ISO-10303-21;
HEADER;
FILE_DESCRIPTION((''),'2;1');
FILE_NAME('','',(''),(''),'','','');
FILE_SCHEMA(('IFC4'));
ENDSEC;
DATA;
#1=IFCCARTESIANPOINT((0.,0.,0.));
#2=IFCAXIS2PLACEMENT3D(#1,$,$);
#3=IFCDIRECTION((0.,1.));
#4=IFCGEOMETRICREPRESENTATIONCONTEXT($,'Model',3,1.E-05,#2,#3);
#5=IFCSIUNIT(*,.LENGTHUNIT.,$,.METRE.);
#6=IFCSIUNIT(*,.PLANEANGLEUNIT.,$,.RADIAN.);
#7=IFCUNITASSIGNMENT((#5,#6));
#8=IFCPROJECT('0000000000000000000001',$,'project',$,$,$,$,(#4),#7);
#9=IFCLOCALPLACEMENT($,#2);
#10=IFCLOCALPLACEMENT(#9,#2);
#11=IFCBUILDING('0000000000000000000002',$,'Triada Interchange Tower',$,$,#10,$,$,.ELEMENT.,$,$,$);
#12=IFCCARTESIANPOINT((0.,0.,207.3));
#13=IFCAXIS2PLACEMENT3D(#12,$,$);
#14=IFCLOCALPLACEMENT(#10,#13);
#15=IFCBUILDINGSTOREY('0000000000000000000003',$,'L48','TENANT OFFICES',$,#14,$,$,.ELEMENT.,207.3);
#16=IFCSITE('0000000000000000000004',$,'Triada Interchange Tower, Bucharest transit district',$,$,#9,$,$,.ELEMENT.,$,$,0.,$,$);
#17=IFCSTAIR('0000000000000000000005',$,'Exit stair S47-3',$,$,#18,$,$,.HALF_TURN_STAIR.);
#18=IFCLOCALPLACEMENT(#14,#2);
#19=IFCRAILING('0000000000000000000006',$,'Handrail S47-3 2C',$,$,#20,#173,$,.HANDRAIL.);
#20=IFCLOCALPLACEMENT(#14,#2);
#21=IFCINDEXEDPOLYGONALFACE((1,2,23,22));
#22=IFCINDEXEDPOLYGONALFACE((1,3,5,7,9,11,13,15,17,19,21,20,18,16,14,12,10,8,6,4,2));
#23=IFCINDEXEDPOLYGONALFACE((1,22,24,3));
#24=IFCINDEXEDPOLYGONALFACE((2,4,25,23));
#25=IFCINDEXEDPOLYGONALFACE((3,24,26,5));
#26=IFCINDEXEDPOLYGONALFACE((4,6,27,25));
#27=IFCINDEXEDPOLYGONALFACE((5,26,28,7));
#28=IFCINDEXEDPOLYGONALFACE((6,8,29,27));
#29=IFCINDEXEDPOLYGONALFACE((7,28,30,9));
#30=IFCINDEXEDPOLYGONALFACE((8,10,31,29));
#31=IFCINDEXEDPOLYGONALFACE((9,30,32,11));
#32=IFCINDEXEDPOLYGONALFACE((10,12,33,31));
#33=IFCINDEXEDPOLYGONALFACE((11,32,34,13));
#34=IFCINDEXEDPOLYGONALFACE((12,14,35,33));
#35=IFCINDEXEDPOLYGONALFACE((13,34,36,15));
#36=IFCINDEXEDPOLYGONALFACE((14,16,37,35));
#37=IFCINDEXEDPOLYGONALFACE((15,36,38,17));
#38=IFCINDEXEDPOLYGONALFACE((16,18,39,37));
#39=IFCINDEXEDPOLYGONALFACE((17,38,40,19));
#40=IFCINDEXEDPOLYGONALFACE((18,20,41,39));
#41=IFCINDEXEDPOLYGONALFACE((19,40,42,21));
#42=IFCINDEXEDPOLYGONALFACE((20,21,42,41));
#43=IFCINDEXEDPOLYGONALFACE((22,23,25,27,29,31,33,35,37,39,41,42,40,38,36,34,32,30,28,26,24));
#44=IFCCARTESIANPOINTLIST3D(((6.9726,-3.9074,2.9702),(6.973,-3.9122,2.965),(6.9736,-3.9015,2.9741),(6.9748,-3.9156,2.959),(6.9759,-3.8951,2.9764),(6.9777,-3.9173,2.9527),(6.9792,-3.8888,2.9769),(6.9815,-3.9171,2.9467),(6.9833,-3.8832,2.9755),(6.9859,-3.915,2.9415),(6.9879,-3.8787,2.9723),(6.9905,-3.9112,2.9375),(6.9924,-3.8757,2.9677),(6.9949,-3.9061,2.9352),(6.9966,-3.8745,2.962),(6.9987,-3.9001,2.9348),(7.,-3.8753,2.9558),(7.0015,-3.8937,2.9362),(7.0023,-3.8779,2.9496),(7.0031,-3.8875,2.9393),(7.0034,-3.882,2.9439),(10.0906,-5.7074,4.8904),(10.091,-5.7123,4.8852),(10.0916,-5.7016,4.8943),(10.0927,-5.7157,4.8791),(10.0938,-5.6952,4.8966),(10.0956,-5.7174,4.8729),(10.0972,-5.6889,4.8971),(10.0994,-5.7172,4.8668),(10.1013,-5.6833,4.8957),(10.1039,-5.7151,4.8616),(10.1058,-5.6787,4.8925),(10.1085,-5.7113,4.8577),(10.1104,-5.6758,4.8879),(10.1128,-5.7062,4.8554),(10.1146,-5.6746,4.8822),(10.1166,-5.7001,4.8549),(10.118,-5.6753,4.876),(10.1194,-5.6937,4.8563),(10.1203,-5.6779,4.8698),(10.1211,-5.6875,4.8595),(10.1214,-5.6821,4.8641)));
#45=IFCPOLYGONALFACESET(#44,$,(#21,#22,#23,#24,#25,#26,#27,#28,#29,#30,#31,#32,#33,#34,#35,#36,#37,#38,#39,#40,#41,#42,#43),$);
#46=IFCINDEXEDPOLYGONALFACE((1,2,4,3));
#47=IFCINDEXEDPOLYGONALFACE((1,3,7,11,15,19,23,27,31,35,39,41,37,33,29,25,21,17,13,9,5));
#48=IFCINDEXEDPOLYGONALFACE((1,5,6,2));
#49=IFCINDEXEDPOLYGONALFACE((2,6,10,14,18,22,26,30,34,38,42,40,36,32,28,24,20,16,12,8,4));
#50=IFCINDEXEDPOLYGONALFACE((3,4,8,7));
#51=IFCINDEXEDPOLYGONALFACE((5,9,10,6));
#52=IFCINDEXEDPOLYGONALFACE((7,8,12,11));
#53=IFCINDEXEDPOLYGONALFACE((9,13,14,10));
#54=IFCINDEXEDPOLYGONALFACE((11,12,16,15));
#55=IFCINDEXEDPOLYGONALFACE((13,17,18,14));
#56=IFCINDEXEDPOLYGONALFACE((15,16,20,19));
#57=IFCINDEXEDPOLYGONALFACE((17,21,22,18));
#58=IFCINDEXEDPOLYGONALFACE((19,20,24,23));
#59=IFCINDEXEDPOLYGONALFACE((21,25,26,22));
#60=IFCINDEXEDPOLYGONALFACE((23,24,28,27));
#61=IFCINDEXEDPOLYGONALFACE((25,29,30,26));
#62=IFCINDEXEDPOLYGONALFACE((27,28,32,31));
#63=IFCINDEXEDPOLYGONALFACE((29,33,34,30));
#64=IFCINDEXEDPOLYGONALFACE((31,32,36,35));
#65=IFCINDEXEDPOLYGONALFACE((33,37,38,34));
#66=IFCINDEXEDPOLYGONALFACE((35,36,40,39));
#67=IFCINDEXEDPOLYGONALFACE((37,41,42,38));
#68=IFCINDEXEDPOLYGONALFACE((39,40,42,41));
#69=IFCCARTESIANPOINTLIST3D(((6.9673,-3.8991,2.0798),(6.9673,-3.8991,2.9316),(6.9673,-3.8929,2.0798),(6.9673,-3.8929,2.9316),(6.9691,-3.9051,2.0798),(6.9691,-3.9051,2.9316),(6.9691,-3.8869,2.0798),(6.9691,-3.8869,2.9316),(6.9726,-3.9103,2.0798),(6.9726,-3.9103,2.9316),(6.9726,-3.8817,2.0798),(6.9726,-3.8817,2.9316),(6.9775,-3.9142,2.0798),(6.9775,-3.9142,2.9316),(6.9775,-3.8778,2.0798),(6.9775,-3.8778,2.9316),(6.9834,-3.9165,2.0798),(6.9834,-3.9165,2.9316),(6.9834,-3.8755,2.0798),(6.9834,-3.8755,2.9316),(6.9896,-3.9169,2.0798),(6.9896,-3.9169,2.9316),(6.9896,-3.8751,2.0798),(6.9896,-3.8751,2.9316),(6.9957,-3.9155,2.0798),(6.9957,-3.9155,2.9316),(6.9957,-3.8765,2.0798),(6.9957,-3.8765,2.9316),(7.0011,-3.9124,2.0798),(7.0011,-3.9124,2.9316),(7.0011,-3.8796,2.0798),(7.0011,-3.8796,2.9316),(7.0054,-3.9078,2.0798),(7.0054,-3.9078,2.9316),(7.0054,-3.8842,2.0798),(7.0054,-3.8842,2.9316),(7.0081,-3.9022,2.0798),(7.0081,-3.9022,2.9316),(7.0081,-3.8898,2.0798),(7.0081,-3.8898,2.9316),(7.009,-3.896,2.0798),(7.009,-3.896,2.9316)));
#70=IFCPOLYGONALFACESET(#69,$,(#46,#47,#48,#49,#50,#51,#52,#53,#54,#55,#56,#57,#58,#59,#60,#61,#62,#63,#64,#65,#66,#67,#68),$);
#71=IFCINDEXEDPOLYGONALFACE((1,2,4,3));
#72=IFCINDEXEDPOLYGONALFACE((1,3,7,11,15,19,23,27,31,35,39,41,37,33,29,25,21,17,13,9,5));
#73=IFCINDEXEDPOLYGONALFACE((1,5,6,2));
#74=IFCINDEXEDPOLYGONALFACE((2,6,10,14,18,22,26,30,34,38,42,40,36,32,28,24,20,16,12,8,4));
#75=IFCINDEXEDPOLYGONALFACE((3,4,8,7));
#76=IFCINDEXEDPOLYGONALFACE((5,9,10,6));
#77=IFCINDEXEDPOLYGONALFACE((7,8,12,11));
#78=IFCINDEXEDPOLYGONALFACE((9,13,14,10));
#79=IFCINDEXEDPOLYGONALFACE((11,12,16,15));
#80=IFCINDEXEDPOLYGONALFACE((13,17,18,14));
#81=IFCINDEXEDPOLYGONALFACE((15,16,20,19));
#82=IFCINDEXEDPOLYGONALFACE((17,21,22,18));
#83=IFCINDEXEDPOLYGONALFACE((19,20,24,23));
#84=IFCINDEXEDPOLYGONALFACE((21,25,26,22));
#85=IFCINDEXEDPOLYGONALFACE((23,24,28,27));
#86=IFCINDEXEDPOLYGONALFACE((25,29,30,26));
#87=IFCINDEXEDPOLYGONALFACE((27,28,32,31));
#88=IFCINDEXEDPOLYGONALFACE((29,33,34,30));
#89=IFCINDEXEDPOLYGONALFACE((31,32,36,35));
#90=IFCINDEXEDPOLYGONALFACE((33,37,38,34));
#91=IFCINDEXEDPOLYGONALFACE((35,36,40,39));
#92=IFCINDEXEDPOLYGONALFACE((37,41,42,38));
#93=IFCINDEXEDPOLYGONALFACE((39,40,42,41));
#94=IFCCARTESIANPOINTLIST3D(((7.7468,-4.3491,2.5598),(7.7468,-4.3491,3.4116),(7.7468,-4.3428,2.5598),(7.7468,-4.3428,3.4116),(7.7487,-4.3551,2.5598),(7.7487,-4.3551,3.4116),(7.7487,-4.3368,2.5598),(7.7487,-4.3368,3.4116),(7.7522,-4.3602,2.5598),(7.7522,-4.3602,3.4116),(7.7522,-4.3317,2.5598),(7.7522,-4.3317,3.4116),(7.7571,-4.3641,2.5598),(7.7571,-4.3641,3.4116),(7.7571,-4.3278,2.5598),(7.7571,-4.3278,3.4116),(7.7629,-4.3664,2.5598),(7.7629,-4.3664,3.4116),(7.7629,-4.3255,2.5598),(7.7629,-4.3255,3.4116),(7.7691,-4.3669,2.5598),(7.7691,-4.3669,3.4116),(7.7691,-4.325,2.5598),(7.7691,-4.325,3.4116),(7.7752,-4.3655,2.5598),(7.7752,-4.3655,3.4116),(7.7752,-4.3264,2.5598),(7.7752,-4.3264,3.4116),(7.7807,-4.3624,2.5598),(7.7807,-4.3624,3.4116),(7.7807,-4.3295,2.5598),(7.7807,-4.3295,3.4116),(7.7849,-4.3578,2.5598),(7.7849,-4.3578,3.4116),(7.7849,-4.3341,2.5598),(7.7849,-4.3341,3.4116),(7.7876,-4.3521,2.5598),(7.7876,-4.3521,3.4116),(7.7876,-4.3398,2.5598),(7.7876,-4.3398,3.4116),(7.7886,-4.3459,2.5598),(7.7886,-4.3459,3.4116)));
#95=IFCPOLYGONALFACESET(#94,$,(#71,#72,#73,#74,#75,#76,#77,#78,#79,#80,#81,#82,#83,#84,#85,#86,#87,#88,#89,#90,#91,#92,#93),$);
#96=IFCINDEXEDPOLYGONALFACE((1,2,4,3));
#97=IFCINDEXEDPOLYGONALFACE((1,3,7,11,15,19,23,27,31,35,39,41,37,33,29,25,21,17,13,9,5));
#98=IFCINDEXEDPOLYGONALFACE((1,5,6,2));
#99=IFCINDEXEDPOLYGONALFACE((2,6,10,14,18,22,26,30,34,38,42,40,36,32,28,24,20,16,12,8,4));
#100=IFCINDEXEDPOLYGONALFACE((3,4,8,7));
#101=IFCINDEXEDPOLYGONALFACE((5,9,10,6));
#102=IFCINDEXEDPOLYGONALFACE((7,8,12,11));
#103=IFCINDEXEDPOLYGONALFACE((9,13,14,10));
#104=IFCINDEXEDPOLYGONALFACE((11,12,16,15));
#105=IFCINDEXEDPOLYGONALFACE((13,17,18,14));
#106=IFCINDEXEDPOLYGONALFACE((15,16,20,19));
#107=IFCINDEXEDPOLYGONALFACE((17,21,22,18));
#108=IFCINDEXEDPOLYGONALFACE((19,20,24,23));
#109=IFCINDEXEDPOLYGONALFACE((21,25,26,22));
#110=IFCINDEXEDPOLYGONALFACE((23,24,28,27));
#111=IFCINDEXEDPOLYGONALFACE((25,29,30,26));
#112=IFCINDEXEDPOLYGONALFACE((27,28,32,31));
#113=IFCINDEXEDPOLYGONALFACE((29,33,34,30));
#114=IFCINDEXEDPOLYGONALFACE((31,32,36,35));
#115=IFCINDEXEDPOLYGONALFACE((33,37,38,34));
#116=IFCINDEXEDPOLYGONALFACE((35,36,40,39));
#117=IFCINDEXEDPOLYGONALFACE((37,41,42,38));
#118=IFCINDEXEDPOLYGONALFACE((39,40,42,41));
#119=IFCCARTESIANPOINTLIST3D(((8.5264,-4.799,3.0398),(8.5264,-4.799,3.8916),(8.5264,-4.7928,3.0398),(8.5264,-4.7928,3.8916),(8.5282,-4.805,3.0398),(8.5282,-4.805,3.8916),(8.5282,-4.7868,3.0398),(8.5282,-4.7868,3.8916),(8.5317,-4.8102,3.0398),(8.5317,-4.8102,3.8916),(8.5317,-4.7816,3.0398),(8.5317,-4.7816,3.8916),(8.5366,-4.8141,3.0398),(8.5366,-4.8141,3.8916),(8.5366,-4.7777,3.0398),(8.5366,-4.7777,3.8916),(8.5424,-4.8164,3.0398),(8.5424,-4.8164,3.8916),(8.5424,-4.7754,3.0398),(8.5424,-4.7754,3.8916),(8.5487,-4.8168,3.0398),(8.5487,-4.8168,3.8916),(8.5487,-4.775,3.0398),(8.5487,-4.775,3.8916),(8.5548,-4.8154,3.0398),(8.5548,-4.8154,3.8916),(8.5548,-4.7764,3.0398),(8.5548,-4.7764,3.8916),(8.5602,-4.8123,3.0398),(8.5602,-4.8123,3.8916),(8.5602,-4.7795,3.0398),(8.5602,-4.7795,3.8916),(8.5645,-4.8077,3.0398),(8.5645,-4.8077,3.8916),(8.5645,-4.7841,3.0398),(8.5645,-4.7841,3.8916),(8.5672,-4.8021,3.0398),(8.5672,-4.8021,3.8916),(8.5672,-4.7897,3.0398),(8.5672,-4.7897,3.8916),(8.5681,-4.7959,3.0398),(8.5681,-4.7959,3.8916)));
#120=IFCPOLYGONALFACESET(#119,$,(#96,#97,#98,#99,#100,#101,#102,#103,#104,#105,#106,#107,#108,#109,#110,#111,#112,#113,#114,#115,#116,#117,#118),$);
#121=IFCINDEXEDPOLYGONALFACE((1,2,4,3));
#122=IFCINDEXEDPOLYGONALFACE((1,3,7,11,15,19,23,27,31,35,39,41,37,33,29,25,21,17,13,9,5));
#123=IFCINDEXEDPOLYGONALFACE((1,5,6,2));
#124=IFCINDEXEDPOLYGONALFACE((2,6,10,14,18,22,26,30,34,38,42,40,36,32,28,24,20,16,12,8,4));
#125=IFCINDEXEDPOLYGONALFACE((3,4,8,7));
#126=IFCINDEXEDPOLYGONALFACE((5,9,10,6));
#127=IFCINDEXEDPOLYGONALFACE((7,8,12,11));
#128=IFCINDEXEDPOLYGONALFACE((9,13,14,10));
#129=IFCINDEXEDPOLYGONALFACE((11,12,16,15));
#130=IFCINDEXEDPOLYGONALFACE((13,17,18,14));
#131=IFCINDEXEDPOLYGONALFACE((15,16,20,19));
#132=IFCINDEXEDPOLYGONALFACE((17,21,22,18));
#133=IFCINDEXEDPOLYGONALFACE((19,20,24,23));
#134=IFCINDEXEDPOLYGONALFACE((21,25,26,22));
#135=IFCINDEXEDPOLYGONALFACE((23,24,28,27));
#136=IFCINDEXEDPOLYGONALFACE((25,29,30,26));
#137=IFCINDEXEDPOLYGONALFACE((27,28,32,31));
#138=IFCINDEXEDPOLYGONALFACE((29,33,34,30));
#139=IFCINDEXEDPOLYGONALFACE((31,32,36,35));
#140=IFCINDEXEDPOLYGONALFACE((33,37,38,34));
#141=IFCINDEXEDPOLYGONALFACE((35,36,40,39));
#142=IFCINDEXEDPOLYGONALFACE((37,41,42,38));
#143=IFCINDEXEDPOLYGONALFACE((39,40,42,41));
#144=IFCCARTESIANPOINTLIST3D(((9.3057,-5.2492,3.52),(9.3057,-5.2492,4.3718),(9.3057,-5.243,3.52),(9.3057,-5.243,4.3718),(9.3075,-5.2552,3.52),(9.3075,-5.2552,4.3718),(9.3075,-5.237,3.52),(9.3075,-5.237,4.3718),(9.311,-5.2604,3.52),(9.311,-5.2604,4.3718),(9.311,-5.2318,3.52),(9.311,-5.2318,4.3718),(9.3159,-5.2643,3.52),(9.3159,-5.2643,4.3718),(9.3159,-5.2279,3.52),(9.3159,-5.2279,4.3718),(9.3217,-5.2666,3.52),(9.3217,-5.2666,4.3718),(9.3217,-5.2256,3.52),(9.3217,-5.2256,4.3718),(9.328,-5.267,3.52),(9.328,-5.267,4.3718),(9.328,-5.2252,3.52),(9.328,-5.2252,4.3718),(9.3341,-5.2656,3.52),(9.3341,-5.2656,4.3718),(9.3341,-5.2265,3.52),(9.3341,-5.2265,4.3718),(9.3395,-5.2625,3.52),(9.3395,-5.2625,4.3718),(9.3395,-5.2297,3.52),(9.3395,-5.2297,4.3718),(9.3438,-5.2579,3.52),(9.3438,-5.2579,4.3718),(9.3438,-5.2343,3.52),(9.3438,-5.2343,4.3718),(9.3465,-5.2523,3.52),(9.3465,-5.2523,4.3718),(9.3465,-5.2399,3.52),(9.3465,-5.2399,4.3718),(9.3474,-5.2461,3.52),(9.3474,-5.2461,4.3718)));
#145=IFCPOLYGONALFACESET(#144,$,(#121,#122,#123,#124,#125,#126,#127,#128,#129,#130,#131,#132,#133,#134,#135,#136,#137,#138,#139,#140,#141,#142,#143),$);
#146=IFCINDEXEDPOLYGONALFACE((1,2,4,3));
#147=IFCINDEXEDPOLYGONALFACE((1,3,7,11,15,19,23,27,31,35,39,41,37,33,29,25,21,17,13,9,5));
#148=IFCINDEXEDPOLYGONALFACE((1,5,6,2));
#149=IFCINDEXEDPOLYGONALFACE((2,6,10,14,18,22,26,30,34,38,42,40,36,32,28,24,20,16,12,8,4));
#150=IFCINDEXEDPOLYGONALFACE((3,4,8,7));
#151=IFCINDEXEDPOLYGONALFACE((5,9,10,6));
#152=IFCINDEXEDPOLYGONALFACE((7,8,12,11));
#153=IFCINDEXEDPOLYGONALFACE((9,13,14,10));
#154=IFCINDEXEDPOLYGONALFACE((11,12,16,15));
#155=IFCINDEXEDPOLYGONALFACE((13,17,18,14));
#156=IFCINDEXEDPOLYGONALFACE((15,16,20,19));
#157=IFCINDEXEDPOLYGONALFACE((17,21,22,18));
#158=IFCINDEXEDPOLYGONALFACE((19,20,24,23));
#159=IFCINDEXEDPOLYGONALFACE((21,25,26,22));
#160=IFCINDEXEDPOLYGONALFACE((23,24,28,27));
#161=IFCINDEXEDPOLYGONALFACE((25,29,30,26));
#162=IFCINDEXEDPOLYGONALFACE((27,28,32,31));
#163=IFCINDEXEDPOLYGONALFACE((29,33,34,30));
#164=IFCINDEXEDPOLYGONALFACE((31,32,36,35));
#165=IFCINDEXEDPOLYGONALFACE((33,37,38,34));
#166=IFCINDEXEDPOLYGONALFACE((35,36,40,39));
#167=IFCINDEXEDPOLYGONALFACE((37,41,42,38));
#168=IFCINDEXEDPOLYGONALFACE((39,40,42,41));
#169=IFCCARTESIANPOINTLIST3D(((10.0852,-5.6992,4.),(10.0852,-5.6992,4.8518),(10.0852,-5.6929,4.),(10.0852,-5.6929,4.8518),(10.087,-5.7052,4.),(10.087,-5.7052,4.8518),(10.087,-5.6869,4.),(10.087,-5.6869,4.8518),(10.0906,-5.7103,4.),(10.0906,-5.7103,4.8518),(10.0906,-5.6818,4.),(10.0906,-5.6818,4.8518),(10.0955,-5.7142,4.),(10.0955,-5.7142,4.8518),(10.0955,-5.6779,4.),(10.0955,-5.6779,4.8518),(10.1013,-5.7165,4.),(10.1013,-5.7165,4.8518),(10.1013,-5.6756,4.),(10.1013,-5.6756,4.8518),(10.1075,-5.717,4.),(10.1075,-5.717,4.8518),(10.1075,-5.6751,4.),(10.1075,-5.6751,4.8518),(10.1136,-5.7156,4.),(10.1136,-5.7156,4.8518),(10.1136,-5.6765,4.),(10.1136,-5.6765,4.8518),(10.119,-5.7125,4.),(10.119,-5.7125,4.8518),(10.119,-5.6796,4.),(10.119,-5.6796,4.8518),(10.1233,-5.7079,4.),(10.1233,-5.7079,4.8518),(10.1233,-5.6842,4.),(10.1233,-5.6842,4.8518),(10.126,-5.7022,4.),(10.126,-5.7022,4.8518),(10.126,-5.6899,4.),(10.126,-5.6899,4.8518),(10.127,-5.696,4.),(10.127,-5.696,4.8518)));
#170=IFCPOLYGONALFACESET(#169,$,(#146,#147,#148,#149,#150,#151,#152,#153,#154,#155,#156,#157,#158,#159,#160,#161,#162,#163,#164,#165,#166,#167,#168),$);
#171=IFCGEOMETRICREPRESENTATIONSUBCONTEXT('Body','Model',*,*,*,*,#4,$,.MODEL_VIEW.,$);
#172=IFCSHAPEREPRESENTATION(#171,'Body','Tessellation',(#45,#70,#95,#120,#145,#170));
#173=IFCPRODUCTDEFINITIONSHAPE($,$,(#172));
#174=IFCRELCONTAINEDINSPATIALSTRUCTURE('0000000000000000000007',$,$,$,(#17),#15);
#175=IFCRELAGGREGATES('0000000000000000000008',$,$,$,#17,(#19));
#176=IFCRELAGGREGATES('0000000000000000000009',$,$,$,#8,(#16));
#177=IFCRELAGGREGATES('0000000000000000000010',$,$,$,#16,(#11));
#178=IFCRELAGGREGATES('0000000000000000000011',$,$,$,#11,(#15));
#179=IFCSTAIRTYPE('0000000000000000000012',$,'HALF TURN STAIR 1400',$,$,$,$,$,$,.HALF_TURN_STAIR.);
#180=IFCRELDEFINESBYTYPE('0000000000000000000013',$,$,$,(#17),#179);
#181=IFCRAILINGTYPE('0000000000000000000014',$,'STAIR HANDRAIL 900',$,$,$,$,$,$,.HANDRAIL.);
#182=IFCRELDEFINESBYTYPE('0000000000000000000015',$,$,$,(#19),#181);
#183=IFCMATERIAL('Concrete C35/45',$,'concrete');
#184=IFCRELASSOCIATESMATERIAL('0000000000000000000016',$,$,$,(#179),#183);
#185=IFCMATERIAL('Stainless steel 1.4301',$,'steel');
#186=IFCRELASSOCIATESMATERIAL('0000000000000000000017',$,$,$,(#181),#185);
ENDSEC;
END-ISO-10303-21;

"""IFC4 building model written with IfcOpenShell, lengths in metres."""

from ifc_helpers import new_model, si_unit, direction, frame, origin, origin_2d, place, context, subcontext, project, spatial, circle, extrude, material, type_object, element, aggregate, save


model = new_model("IFC4")

# Units and contexts
model_context = context("Model", 3, precision=1e-05, world=origin(), true_north=direction((0.0, 1.0)))
body_context = subcontext(model_context, "Body", "Model", "MODEL_VIEW")
ifc_project = project(units=[si_unit("LENGTHUNIT", "METRE"), si_unit("PLANEANGLEUNIT", "RADIAN")], contexts=[model_context])

# Site, building, storey
site_placement = place(None, origin())
site = spatial("IfcSite", under=ifc_project, at=site_placement, Name="Triada Interchange Tower, Bucharest transit district", CompositionType="ELEMENT", RefElevation=0.0)
building_placement = place(site_placement, origin())
building = spatial("IfcBuilding", under=site, at=building_placement, Name="Triada Interchange Tower", CompositionType="ELEMENT")
storey_placement = place(building_placement, frame((0.0, 0.0, 207.3)))
storey = spatial("IfcBuildingStorey", under=building, at=storey_placement, Name="L48", Description="TENANT OFFICES", CompositionType="ELEMENT", Elevation=207.3)

# Stair, railing
ifc_material_1 = material(Name="Concrete C35/45", Category="concrete")
stair_type = type_object("IfcStairType", Name="HALF TURN STAIR 1400", PredefinedType="HALF_TURN_STAIR", material=ifc_material_1)
stair_placement = place(storey_placement, origin())
stair = element("IfcStair", 1, at=stair_placement, inside=storey, type_object=stair_type, Name="Exit stair S47-3", PredefinedType="HALF_TURN_STAIR")
ifc_material_2 = material(Name="Stainless steel 1.4301", Category="steel")
railing_type = type_object("IfcRailingType", Name="STAIR HANDRAIL 900", PredefinedType="HANDRAIL", material=ifc_material_2)
railing_1_placement = place(storey_placement, frame((6.988, -3.896, 2.0798)))
railing_1 = element("IfcRailing", 2, at=railing_1_placement, type_object=railing_type, Name="Handrail S47-3 2C", PredefinedType="HANDRAIL", context=body_context, shape_type="SweptSolid", body=[
    extrude(circle(Radius=0.0239, at=origin_2d()), frame((0.0, 0.0, 0.876), z_axis=(0.764145, -0.441159, 0.470597), x_axis=(0.499983, 0.866035, 0.0)), (0.0, 0.0, 1.0), 4.0803),
    extrude(circle(Radius=0.021, at=origin_2d()), origin(), (0.0, 0.0, 1.0), 0.8518),
    extrude(circle(Radius=0.021, at=origin_2d()), frame((0.7795, -0.45, 0.48)), (0.0, 0.0, 1.0), 0.8518),
    extrude(circle(Radius=0.021, at=origin_2d()), frame((1.5591, -0.8999, 0.96)), (0.0, 0.0, 1.0), 0.8518),
    extrude(circle(Radius=0.021, at=origin_2d()), frame((2.3384, -1.3501, 1.4402)), (0.0, 0.0, 1.0), 0.8518),
    extrude(circle(Radius=0.021, at=origin_2d()), frame((3.1179, -1.8, 1.9202)), (0.0, 0.0, 1.0), 0.8518),
])
aggregate(stair, [railing_1])

save(model, "model.ifc")
